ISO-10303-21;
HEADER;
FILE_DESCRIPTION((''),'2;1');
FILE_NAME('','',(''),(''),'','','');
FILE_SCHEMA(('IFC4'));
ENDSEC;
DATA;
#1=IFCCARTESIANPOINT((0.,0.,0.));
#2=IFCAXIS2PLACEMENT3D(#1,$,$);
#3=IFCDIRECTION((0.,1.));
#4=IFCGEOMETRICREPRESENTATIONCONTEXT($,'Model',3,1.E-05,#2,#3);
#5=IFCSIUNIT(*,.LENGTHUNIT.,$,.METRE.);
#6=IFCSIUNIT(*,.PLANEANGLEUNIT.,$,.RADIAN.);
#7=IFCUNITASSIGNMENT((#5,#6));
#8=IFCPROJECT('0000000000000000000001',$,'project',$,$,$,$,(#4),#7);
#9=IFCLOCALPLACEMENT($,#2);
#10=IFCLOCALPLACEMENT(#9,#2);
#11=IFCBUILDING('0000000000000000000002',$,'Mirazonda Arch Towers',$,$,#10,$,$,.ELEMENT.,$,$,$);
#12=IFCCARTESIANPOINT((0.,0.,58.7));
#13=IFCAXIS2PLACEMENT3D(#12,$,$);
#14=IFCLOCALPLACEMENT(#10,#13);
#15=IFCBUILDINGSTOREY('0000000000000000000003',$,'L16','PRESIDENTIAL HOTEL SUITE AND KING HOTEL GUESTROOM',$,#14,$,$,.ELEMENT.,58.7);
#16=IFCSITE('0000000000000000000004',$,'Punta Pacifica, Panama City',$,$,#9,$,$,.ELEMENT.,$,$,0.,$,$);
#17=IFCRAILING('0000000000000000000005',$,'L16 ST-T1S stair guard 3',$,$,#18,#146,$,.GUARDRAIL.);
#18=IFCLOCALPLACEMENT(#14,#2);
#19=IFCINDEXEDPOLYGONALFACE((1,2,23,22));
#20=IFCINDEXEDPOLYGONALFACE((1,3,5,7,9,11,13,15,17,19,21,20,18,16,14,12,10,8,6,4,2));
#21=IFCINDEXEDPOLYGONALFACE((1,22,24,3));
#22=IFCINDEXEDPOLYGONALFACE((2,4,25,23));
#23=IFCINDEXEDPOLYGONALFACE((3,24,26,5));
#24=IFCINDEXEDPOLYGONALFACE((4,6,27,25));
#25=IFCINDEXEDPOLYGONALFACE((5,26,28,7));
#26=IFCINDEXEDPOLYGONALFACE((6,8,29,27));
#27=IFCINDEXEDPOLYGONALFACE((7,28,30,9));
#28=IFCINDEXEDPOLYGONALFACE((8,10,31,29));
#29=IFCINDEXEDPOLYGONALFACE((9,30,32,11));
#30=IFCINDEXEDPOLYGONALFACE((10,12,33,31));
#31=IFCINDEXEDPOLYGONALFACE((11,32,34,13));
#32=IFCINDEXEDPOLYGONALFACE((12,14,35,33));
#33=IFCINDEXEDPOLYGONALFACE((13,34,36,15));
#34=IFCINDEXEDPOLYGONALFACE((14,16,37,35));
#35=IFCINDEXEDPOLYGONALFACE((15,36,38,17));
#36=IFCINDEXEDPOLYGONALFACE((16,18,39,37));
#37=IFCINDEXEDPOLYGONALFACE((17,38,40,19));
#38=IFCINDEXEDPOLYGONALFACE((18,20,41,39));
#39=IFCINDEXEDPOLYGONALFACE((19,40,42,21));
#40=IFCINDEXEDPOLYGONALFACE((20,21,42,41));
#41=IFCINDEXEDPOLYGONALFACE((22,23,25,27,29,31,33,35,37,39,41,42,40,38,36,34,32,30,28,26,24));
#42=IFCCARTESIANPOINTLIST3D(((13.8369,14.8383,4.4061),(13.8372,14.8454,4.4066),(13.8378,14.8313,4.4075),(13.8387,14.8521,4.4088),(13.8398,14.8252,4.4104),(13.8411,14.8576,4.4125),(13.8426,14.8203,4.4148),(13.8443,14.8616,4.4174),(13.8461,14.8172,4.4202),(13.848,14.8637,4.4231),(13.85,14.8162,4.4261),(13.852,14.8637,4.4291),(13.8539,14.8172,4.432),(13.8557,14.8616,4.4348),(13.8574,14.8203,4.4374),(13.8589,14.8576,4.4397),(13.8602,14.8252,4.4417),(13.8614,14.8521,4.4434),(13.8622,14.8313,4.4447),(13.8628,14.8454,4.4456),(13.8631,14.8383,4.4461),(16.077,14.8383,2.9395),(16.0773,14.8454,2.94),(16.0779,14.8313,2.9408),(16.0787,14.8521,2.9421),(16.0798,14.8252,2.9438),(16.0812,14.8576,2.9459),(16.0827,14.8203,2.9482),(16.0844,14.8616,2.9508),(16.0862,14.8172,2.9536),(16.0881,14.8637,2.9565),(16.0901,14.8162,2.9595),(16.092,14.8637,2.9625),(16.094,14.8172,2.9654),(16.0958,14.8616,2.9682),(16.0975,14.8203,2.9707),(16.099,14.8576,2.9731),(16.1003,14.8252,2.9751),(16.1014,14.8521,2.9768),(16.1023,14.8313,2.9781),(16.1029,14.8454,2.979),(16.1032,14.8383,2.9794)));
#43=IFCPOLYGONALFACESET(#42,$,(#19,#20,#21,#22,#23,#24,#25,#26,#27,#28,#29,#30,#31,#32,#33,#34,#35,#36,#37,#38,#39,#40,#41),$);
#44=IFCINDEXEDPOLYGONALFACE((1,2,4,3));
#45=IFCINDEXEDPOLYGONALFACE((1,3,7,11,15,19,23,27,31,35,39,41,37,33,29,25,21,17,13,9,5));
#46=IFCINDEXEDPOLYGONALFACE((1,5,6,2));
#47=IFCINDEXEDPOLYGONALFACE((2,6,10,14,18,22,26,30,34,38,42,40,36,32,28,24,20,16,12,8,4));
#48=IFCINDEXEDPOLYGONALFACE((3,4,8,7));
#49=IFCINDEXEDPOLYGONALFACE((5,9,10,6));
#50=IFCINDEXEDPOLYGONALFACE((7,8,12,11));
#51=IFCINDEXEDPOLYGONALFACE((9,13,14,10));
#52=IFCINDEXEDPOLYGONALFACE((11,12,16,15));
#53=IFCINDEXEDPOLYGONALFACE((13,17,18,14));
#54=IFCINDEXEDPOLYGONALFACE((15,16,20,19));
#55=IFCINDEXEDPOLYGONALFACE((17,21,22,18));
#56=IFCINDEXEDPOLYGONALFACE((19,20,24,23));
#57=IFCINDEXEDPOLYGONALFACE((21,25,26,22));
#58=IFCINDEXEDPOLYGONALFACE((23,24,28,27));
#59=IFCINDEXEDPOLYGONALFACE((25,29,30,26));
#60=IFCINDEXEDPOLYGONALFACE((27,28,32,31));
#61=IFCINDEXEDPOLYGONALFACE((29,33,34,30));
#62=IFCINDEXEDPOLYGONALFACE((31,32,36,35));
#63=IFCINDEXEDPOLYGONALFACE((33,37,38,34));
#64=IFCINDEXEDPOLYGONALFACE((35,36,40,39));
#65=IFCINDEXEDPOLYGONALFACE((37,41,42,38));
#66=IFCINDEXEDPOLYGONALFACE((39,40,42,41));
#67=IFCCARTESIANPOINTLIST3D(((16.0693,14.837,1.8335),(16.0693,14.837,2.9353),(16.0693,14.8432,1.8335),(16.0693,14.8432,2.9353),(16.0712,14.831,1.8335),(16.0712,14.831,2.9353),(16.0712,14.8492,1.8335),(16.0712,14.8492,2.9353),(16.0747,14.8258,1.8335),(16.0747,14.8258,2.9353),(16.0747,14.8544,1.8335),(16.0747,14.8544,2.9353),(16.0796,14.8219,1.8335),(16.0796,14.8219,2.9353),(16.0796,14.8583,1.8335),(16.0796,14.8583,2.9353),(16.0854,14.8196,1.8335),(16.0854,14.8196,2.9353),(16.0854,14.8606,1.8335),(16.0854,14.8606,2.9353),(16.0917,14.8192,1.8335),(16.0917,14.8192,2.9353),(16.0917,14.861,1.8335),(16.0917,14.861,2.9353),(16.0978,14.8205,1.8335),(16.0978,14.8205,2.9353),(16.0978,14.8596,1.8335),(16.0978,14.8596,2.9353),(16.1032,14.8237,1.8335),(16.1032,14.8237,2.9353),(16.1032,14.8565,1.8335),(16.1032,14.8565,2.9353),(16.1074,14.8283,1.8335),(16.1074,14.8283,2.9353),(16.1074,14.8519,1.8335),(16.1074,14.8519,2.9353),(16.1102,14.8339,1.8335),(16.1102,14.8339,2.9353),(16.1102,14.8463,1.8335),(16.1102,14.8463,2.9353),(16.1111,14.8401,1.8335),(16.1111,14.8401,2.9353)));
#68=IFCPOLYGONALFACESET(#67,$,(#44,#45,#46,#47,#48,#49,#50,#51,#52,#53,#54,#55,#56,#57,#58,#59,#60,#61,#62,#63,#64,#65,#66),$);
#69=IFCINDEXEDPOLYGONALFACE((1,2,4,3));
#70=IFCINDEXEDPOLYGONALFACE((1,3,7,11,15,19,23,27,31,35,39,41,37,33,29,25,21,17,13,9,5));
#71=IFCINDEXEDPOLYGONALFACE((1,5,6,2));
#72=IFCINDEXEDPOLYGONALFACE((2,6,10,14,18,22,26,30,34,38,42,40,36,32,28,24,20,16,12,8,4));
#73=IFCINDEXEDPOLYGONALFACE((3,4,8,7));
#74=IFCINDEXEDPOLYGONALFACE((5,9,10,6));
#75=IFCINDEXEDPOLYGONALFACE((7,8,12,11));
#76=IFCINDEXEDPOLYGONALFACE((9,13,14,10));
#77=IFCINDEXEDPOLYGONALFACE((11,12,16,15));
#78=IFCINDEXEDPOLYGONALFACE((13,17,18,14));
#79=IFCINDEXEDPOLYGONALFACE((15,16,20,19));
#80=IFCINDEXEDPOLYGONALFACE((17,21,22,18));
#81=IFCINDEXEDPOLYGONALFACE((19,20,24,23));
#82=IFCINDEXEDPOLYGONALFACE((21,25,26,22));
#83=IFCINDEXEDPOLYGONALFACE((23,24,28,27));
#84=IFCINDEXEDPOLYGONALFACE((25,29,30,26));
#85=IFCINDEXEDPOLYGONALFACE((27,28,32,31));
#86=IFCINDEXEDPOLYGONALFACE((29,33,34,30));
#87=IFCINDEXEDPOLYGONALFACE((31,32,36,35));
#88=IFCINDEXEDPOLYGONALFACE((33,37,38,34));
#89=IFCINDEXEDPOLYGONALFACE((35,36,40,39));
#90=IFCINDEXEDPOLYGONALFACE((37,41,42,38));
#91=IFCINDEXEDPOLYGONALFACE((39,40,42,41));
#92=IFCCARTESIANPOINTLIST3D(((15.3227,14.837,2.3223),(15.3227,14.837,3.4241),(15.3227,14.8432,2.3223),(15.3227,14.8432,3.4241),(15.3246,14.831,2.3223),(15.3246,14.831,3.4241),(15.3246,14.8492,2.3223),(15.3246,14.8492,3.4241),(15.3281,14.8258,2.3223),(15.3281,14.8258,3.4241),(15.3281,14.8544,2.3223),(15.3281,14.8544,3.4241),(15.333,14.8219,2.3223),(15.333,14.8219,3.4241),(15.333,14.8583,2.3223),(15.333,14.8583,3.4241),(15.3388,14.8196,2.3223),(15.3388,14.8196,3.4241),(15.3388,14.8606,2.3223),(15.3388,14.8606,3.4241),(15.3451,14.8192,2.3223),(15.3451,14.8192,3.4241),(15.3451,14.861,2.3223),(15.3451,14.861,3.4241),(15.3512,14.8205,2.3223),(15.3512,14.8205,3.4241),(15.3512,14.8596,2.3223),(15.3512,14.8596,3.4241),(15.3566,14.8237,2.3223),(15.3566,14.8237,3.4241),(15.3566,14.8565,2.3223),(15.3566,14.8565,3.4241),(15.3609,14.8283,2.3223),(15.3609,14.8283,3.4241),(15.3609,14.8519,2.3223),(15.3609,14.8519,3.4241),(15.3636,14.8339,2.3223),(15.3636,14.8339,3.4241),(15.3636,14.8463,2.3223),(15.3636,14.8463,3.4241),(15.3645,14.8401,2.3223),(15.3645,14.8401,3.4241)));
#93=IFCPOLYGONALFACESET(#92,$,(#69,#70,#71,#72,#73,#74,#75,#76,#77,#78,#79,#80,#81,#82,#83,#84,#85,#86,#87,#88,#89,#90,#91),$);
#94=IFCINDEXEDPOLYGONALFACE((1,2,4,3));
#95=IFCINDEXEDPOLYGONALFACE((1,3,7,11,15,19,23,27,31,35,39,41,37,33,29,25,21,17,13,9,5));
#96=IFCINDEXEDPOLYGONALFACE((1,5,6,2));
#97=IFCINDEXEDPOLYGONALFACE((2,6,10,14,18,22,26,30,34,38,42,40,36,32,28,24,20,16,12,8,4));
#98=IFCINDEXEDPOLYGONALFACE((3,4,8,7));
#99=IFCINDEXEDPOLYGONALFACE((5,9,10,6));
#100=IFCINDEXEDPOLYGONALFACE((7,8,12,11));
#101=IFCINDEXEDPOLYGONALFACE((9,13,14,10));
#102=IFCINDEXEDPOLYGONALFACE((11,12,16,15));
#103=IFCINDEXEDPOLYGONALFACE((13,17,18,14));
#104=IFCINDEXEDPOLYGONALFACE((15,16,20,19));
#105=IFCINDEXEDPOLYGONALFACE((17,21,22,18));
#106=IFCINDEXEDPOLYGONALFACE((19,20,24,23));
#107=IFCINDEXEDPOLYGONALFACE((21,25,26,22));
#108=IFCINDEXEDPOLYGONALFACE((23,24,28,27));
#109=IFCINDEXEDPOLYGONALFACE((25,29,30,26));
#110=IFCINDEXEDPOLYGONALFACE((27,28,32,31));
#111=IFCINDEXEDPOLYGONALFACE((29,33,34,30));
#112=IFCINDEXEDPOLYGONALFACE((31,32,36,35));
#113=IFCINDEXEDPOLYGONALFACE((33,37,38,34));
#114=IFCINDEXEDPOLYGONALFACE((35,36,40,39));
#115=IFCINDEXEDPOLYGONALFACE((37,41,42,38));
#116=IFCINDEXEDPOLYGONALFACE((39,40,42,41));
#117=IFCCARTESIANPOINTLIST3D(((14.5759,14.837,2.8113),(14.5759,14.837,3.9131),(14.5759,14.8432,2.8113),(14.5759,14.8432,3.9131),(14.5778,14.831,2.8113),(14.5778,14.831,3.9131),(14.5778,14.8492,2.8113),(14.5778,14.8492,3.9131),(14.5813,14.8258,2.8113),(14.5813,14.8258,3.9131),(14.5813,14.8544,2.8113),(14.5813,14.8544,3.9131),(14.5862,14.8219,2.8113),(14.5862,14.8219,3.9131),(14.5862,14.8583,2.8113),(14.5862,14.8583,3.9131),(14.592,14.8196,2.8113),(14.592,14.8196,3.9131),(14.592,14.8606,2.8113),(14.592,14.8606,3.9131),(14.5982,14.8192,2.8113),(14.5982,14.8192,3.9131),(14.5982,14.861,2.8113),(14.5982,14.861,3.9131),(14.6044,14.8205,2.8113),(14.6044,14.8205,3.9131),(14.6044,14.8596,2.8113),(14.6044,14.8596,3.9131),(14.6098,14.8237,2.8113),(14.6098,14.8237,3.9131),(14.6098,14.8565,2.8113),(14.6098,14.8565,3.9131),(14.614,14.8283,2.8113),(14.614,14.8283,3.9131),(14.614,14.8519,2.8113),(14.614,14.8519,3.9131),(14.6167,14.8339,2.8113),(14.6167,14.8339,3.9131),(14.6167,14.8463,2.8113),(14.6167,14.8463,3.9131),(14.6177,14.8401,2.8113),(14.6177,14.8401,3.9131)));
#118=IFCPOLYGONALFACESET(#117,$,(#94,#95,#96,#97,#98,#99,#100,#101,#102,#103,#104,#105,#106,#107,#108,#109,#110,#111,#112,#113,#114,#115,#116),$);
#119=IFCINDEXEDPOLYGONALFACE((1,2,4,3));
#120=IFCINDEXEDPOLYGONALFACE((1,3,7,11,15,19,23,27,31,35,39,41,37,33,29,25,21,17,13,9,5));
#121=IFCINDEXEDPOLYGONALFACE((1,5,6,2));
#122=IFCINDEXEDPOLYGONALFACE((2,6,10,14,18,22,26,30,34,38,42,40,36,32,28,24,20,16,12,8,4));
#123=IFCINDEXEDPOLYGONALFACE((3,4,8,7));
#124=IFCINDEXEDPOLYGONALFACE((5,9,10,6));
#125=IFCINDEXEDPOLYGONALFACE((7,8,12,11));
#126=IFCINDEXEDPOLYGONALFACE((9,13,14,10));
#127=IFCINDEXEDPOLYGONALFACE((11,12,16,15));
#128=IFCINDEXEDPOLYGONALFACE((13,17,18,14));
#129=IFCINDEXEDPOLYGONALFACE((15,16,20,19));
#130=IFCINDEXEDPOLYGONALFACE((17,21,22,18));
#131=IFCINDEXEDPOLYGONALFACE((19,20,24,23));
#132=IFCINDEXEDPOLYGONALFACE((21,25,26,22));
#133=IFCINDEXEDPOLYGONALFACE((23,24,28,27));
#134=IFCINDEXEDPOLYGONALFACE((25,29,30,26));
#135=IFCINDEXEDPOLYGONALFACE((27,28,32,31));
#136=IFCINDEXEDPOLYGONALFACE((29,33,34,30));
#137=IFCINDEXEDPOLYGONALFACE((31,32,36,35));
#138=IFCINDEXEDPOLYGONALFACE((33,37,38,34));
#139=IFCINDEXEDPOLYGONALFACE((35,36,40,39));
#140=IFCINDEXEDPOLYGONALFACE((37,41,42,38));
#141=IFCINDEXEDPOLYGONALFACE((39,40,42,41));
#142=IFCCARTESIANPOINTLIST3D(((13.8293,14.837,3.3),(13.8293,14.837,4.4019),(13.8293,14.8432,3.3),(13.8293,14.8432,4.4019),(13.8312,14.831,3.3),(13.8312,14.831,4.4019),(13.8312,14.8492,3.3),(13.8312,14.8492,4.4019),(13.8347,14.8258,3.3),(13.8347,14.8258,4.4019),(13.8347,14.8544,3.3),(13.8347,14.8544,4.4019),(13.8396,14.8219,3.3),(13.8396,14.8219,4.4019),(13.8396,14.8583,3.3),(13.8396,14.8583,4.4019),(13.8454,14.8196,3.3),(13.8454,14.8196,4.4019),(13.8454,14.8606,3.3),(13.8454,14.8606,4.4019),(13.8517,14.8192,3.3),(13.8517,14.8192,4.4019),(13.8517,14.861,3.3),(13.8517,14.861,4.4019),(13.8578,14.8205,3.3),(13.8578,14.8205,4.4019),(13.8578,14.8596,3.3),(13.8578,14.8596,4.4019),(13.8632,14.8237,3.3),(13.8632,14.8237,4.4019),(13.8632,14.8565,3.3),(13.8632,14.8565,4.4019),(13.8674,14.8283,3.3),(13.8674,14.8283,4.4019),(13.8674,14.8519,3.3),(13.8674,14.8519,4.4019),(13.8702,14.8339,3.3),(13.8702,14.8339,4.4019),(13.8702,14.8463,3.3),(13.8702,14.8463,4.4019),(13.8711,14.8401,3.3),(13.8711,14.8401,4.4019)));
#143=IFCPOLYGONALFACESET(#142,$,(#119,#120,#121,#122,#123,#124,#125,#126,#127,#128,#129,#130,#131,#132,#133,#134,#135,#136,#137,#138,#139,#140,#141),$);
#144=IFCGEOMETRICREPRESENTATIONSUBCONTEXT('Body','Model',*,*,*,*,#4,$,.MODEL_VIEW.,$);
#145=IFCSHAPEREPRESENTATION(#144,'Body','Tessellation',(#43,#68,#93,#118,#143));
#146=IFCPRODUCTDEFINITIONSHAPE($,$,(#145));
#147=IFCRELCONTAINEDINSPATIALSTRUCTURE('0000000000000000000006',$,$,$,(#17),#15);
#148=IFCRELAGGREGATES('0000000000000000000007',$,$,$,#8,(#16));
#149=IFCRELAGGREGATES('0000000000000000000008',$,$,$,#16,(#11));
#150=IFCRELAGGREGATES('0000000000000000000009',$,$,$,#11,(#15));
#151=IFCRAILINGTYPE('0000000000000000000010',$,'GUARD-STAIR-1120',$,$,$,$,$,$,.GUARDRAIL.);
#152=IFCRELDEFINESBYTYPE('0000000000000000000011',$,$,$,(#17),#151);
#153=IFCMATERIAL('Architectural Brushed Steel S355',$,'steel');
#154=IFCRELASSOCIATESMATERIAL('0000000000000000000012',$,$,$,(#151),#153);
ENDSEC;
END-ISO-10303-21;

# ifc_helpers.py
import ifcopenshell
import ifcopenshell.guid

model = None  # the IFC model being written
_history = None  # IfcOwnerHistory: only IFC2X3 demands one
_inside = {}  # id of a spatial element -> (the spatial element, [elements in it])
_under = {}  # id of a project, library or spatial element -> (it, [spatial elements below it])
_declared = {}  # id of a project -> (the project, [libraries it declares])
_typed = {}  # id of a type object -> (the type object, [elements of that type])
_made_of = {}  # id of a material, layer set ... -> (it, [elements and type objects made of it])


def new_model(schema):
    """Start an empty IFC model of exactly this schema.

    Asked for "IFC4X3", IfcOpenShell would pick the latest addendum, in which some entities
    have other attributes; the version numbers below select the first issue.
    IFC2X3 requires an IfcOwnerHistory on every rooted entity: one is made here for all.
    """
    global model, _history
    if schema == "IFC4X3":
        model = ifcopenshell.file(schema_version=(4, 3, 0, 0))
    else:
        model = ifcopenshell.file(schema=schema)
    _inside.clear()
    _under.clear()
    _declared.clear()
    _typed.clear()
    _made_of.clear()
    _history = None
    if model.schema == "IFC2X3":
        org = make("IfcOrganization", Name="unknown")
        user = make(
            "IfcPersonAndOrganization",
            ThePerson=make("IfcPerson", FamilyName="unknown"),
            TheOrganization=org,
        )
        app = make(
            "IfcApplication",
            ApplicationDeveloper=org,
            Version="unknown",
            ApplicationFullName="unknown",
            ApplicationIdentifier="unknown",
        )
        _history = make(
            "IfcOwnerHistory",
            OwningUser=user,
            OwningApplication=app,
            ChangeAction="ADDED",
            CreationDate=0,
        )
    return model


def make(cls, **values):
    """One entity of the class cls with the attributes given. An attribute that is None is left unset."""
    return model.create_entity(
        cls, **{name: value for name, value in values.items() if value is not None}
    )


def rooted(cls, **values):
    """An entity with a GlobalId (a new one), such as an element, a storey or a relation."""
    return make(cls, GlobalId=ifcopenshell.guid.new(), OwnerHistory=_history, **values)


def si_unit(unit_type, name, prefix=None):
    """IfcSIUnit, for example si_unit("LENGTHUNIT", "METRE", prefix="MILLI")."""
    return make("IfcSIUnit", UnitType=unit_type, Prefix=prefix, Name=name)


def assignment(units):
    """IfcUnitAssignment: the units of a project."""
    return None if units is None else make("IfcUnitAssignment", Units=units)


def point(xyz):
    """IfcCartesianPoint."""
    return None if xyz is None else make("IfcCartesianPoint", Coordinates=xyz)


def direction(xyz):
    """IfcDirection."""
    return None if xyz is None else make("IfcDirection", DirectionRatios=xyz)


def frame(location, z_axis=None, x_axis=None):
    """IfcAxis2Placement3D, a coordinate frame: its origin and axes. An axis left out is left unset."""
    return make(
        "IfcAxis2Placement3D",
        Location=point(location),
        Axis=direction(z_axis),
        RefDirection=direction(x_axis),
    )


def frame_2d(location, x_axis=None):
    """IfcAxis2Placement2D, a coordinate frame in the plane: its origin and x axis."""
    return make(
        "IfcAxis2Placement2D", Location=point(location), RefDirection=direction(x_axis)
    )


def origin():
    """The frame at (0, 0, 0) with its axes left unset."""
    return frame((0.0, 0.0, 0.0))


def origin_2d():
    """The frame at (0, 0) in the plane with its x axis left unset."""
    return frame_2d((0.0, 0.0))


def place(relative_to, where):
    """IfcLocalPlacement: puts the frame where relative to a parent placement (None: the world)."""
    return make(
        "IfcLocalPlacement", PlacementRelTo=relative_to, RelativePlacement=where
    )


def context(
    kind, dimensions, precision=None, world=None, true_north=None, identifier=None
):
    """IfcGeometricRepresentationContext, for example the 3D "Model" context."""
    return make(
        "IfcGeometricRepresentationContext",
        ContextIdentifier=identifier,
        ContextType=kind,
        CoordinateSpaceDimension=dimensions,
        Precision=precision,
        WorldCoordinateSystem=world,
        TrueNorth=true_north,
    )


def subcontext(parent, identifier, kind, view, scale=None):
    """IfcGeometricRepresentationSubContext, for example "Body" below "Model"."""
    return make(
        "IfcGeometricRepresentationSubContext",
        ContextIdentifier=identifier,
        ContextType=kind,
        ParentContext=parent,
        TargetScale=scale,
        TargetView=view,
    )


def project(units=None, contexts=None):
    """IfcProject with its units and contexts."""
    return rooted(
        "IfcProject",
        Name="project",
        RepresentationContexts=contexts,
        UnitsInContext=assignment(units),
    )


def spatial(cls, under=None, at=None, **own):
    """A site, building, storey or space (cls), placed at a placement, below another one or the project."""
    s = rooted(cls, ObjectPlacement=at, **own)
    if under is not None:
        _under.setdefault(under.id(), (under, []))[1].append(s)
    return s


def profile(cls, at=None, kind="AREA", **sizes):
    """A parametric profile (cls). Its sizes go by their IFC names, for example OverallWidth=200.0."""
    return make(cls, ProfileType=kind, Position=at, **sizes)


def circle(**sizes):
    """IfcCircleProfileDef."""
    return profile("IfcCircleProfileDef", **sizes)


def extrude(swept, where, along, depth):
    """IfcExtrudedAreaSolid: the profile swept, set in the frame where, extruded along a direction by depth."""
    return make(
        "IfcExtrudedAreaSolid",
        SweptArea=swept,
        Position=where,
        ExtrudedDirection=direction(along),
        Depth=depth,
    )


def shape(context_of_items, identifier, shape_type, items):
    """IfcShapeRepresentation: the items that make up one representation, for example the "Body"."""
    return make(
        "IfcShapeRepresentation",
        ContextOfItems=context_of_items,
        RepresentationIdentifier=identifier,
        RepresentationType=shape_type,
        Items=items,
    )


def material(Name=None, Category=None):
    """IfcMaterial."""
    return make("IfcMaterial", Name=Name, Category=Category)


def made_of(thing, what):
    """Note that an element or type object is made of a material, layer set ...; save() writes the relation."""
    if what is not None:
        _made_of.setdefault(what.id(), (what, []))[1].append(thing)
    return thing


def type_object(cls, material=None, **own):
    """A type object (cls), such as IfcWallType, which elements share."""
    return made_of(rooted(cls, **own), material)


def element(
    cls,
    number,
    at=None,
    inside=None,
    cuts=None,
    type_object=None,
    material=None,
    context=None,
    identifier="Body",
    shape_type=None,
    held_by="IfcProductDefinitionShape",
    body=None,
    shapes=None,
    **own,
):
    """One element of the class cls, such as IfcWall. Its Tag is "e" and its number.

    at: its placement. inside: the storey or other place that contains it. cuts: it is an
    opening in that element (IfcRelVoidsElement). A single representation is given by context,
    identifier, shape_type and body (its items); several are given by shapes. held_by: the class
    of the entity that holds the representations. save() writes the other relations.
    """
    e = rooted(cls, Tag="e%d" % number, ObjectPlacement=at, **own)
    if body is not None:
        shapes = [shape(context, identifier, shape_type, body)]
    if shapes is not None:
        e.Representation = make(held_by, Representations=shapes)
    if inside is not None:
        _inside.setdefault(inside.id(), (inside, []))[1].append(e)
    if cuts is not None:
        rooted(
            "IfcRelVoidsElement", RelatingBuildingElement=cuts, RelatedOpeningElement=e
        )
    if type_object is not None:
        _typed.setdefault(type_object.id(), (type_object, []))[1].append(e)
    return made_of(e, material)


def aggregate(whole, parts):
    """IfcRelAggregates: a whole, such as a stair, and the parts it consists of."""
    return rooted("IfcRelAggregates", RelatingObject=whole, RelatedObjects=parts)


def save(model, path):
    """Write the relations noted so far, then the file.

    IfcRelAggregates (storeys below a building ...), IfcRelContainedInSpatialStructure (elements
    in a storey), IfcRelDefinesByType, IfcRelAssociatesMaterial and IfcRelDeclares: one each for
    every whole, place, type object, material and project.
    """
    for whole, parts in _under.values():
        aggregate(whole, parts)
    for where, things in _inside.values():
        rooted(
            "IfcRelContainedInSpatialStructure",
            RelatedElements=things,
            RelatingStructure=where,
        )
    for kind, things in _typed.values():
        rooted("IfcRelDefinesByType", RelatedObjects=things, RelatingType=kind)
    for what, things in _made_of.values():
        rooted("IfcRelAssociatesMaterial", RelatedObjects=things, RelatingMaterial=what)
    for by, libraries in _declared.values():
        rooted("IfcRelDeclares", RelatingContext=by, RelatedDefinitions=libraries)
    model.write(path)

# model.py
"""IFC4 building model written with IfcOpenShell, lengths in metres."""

from ifc_helpers import new_model, si_unit, direction, frame, origin, origin_2d, place, context, subcontext, project, spatial, circle, extrude, material, type_object, element, save


model = new_model("IFC4")

# Units and contexts
model_context = context("Model", 3, precision=1e-05, world=origin(), true_north=direction((0.0, 1.0)))
body_context = subcontext(model_context, "Body", "Model", "MODEL_VIEW")
ifc_project = project(units=[si_unit("LENGTHUNIT", "METRE"), si_unit("PLANEANGLEUNIT", "RADIAN")], contexts=[model_context])

# Site, building, storey
site_placement = place(None, origin())
site = spatial("IfcSite", under=ifc_project, at=site_placement, Name="Punta Pacifica, Panama City", CompositionType="ELEMENT", RefElevation=0.0)
building_placement = place(site_placement, origin())
building = spatial("IfcBuilding", under=site, at=building_placement, Name="Mirazonda Arch Towers", CompositionType="ELEMENT")
storey_placement = place(building_placement, frame((0.0, 0.0, 58.7)))
storey = spatial("IfcBuildingStorey", under=building, at=storey_placement, Name="L16", Description="PRESIDENTIAL HOTEL SUITE AND KING HOTEL GUESTROOM", CompositionType="ELEMENT", Elevation=58.7)

# Railing
ifc_material_1 = material(Name="Architectural Brushed Steel S355", Category="steel")
railing_type_1 = type_object("IfcRailingType", Name="GUARD-STAIR-1120", PredefinedType="GUARDRAIL", material=ifc_material_1)
railing_1_placement = place(storey_placement, frame((16.0901, 14.8401, 1.8335)))
element("IfcRailing", 1, at=railing_1_placement, inside=storey, type_object=railing_type_1, Name="L16 ST-T1S stair guard 3", PredefinedType="GUARDRAIL", context=body_context, shape_type="SweptSolid", body=[
    extrude(circle(Radius=0.0239, at=origin_2d()), frame((0.0, 0.0, 1.126), z_axis=(-0.836637, 0.0, 0.547758), x_axis=(0.0, -1.0, 0.0)), (0.0, 0.0, 1.0), 2.6775),
    extrude(circle(Radius=0.021, at=origin_2d()), origin(), (0.0, 0.0, 1.0), 1.1018),
    extrude(circle(Radius=0.021, at=origin_2d()), frame((-0.7466, 0.0, 0.4888)), (0.0, 0.0, 1.0), 1.1018),
    extrude(circle(Radius=0.021, at=origin_2d()), frame((-1.4934, 0.0, 0.9778)), (0.0, 0.0, 1.0), 1.1018),
    extrude(circle(Radius=0.021, at=origin_2d()), frame((-2.24, 0.0, 1.4666)), (0.0, 0.0, 1.0), 1.1018),
])

save(model, "model.ifc")
